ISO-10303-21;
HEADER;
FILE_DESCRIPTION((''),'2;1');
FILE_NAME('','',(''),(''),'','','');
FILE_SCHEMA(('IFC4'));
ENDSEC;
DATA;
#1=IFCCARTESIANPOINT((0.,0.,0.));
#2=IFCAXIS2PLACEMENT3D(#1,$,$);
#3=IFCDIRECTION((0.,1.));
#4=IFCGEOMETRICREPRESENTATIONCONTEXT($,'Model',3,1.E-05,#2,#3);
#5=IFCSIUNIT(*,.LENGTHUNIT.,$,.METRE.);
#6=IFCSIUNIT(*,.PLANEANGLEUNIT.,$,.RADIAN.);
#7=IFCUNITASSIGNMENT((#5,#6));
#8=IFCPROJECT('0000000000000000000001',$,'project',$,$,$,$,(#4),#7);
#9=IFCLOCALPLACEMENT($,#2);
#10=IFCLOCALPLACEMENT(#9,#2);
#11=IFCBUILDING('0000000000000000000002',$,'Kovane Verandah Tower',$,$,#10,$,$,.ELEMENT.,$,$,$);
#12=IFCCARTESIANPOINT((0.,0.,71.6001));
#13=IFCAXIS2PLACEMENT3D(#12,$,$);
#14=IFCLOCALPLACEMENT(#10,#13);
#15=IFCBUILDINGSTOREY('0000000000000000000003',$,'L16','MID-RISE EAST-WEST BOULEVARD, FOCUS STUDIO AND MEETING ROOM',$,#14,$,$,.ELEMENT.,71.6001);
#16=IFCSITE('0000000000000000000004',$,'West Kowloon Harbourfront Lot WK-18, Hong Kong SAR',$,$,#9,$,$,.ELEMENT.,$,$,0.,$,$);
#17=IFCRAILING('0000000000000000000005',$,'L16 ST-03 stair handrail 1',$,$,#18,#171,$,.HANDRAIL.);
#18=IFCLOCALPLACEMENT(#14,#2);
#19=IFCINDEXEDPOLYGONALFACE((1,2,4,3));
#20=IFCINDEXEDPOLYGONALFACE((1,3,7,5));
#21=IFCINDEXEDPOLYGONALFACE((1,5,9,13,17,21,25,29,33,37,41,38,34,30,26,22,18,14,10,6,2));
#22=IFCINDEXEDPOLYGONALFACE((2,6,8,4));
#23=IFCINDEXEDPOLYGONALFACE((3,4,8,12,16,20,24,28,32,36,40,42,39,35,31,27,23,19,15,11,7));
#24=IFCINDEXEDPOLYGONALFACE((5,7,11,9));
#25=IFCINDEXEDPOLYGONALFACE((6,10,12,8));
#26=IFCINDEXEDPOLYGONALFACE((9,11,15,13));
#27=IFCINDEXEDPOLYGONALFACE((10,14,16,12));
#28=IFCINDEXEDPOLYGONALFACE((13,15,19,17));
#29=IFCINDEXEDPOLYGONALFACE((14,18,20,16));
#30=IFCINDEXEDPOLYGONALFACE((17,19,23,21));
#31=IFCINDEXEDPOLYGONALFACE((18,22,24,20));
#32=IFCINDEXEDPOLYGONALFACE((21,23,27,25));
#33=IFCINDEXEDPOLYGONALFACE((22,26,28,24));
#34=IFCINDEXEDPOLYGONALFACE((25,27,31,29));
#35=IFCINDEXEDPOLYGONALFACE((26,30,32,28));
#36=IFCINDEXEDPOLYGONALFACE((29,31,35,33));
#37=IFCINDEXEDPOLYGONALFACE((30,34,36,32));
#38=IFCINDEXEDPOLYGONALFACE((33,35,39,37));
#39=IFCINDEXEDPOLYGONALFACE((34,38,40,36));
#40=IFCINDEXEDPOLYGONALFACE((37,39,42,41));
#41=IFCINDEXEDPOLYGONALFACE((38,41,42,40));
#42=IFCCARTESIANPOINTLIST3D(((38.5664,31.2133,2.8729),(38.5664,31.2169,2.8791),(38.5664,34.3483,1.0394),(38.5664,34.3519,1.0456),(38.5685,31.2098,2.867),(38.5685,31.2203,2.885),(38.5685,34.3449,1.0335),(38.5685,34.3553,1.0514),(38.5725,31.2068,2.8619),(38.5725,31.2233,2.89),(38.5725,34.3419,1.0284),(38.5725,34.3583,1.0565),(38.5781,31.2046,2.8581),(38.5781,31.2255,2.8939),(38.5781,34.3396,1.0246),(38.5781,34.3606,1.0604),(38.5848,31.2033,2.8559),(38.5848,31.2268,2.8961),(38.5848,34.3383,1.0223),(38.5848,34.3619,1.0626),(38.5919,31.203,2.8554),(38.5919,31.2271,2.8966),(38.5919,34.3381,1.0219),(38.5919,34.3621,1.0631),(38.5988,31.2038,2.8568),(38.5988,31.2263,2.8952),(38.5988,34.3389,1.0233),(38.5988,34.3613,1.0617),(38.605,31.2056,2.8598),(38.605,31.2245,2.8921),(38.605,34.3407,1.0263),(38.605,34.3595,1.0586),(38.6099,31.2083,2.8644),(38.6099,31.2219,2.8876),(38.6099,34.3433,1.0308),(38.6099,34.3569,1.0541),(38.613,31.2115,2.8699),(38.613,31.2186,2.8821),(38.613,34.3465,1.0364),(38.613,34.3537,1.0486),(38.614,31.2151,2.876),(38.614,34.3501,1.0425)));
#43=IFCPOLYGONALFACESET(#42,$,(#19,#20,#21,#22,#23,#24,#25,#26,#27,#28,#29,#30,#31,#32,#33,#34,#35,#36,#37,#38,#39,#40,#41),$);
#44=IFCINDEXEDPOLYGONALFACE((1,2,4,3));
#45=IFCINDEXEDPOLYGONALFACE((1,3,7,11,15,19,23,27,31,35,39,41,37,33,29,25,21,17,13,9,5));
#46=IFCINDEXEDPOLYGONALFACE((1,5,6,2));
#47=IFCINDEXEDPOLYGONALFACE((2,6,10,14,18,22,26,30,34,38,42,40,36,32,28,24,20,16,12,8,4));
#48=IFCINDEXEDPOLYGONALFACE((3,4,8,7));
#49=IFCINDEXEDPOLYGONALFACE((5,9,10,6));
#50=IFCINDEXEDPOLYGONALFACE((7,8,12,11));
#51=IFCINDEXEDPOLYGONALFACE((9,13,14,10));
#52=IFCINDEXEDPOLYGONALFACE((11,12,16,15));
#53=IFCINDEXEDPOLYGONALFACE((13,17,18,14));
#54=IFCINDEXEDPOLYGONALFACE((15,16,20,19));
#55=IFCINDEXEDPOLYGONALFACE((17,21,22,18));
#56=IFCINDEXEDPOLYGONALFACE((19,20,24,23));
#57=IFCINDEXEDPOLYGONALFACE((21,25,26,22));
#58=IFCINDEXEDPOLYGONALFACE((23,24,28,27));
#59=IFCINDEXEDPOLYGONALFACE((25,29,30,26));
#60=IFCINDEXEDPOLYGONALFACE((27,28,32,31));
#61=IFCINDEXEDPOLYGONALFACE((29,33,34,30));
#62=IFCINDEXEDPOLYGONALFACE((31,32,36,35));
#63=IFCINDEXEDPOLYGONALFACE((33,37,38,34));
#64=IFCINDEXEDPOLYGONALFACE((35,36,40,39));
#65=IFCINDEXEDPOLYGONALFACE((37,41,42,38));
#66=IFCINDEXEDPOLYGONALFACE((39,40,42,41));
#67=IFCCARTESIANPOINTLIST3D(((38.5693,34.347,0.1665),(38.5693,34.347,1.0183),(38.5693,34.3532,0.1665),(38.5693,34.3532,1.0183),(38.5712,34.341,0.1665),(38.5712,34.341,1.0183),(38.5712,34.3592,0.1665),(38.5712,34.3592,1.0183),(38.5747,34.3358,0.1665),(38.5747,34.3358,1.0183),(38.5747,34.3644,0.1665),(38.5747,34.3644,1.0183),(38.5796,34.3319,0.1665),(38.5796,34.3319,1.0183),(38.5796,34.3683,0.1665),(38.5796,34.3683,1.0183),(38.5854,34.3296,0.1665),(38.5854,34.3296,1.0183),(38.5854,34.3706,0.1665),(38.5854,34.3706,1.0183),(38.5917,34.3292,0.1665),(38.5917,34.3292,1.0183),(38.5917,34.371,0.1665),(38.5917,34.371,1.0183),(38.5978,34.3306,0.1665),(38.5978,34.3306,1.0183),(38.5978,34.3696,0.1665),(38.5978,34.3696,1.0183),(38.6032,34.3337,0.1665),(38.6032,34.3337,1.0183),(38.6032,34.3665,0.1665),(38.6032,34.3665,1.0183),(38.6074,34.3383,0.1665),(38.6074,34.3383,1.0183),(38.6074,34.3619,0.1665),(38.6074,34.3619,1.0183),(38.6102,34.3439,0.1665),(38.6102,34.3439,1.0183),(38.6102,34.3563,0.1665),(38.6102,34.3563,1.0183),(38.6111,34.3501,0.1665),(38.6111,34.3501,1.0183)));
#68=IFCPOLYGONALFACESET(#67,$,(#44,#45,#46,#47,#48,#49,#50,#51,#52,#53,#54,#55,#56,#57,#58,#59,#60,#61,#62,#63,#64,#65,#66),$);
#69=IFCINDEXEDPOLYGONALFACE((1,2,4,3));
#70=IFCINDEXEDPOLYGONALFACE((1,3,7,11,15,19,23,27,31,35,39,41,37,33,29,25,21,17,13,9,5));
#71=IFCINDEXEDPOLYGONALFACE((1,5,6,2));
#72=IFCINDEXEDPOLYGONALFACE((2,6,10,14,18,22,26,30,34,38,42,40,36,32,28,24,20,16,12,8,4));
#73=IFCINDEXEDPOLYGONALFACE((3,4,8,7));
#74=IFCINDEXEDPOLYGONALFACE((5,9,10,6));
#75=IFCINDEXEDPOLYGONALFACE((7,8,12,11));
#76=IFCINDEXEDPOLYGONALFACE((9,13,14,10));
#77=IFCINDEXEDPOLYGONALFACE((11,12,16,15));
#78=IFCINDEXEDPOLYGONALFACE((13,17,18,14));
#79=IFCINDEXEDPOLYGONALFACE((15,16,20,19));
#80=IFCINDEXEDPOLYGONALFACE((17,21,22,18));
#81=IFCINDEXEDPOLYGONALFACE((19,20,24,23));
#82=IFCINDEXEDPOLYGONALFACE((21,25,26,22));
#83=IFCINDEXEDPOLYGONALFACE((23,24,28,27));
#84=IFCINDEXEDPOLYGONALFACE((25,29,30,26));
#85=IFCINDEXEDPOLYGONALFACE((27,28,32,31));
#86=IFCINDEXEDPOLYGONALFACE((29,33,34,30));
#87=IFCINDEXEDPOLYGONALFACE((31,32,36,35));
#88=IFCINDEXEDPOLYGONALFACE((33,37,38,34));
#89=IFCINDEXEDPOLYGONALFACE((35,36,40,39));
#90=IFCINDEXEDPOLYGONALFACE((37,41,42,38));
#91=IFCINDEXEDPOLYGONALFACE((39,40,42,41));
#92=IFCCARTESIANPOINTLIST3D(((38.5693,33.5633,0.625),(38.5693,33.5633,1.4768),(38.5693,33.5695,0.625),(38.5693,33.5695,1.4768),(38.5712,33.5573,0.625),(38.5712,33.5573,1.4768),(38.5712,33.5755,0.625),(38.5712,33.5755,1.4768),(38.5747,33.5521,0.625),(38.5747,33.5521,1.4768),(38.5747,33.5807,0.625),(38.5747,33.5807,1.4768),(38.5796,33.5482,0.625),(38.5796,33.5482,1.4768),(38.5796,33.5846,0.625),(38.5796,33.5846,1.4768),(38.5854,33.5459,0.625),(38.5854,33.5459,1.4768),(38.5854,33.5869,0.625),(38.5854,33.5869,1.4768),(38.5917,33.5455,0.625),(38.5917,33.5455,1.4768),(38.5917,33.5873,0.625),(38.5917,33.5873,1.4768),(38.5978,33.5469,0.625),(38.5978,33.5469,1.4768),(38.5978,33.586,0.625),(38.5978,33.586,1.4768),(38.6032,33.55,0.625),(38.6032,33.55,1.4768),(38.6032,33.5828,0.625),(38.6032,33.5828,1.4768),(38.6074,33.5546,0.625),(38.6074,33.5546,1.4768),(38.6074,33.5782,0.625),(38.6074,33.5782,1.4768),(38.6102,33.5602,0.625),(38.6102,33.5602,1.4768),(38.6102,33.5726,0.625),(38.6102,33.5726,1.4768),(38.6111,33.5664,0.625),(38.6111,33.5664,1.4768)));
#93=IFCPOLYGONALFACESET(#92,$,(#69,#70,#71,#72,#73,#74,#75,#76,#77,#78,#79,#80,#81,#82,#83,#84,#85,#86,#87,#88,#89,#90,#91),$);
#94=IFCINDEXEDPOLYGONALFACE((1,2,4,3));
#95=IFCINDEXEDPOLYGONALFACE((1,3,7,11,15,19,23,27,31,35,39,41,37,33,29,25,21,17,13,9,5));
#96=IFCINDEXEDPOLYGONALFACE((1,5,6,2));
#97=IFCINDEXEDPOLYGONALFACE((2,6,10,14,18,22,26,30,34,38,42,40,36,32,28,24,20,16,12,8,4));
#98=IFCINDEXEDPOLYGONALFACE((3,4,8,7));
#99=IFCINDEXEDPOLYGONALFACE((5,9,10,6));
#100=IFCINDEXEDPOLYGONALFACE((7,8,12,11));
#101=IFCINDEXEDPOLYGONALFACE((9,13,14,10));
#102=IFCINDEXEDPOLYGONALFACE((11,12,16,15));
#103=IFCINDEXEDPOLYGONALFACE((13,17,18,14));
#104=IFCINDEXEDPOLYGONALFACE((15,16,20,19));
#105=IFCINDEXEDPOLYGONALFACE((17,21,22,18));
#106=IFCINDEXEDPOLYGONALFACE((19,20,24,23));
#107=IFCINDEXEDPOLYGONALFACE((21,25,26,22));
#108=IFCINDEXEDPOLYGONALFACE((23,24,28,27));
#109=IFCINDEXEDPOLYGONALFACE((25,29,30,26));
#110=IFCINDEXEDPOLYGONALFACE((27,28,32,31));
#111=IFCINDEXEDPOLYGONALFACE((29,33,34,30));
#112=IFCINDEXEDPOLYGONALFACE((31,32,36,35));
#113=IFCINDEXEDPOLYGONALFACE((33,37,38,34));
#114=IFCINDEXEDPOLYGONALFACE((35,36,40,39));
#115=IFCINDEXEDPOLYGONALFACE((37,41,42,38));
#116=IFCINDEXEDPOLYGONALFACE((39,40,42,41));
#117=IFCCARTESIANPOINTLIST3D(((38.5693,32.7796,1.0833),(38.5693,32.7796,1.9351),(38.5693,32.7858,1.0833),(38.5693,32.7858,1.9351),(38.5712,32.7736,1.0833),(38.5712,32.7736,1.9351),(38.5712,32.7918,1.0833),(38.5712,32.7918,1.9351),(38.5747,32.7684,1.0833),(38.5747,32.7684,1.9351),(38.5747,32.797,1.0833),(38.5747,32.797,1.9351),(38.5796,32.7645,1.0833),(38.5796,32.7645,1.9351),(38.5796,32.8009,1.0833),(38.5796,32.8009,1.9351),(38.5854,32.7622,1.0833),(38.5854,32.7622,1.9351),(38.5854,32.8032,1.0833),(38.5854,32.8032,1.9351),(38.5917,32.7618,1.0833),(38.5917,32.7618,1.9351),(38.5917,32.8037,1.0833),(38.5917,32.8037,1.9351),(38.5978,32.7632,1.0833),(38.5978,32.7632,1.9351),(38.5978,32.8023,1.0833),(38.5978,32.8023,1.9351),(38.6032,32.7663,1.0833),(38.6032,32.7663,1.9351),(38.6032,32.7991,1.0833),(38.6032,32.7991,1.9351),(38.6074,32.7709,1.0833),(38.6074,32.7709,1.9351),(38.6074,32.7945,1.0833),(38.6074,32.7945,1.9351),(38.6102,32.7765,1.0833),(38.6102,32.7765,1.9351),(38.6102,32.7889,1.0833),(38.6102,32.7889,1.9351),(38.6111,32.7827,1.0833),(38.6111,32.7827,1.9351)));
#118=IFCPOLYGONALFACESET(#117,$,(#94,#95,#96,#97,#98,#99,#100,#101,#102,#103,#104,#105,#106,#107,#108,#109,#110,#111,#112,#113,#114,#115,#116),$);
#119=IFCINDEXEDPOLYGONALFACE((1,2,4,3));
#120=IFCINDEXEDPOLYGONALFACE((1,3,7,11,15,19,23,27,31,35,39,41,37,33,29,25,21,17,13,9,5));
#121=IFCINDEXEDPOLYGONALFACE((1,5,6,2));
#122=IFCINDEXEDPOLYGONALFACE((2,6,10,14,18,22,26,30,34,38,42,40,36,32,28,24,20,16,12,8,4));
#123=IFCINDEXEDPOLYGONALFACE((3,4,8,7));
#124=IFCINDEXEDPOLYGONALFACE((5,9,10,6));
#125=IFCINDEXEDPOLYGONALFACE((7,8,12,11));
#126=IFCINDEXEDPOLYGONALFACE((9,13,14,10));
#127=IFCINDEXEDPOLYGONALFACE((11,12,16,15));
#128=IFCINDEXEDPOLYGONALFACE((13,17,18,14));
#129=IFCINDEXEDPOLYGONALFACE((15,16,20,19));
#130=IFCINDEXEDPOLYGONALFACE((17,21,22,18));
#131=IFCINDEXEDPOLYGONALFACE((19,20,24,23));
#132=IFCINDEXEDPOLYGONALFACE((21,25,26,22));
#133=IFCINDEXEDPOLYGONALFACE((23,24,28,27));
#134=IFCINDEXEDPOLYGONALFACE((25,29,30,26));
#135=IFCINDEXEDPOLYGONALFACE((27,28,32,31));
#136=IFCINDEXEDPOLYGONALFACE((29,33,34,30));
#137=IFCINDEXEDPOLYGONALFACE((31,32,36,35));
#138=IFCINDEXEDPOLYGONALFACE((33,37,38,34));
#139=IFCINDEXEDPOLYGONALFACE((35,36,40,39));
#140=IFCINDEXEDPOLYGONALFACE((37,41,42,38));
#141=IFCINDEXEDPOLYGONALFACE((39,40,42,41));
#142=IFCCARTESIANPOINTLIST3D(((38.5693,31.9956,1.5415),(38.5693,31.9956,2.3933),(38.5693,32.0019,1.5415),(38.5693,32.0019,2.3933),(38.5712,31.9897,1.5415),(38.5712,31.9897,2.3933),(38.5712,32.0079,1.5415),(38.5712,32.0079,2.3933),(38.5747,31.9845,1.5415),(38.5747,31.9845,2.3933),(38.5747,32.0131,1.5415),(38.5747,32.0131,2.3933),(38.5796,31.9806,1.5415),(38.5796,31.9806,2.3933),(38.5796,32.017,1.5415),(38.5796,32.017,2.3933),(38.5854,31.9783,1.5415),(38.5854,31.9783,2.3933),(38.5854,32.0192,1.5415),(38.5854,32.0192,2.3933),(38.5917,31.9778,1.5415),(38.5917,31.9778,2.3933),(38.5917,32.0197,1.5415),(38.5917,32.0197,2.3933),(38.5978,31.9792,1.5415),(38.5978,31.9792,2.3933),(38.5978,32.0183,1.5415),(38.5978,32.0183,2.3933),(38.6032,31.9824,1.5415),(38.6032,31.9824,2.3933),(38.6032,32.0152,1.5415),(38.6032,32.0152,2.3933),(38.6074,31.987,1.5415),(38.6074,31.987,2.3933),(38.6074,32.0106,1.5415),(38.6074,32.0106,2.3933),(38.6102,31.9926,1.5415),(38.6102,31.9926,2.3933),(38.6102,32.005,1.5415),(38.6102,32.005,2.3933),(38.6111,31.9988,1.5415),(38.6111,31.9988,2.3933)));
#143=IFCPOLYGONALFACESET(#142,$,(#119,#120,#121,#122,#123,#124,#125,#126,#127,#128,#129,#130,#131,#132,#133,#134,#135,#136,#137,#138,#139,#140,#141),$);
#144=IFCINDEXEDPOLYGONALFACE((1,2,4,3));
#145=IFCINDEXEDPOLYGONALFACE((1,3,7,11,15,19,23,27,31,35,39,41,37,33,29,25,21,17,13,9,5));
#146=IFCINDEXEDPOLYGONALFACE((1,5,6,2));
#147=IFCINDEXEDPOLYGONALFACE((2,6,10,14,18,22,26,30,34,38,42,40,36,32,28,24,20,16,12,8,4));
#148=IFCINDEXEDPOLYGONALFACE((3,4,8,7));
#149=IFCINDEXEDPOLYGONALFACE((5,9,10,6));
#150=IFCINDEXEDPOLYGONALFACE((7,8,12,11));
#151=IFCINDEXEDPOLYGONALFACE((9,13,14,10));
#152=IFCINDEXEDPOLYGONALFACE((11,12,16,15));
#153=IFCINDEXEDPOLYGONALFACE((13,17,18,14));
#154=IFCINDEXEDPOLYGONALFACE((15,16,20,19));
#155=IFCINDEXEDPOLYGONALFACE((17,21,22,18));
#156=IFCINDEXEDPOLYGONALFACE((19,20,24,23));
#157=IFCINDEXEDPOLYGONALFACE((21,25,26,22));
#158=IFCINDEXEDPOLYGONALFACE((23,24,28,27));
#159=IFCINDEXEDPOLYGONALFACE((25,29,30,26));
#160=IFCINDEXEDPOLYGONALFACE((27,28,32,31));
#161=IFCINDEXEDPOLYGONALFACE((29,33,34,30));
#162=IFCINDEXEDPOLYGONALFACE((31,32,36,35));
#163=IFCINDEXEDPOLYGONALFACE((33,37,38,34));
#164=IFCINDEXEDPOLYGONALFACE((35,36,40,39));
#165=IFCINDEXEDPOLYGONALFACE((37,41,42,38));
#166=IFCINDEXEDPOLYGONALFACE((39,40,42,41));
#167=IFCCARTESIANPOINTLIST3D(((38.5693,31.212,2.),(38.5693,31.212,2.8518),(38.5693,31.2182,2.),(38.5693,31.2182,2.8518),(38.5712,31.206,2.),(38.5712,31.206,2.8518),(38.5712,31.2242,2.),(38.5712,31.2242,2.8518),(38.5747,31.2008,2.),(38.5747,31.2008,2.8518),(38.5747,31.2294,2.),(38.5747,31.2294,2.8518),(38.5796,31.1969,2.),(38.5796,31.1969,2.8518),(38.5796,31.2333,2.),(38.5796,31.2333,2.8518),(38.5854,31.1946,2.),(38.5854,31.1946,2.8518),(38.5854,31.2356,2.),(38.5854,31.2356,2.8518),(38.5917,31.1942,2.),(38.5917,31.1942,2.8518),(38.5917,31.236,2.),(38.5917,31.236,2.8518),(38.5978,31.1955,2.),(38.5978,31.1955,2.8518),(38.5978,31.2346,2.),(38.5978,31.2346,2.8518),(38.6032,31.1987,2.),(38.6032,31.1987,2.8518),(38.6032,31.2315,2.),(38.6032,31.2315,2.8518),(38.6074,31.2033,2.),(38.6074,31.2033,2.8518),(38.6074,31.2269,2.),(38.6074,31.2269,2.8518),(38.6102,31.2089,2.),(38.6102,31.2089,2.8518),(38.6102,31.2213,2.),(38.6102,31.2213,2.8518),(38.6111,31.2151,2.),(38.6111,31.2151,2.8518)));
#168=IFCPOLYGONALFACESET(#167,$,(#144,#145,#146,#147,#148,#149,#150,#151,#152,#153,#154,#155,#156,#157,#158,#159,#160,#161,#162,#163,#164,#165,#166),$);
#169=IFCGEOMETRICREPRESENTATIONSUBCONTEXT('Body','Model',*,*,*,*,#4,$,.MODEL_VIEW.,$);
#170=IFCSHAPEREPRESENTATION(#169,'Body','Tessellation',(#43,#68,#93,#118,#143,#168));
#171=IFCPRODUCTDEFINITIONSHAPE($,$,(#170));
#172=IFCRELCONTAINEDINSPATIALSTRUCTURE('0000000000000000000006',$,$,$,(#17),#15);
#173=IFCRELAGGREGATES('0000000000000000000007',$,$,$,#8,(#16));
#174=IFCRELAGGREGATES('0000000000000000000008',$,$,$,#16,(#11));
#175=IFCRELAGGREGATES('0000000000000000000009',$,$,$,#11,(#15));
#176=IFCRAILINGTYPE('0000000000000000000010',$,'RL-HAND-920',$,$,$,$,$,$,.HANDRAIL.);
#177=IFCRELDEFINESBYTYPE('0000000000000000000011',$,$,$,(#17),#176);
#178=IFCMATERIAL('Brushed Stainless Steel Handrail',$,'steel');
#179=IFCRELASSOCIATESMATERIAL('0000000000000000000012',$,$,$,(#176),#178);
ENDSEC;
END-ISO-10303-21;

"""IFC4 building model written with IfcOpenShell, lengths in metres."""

from ifc_helpers import new_model, si_unit, direction, frame, origin, origin_2d, place, context, subcontext, project, spatial, circle, extrude, material, type_object, element, save


model = new_model("IFC4")

# Units and contexts
model_context = context("Model", 3, precision=1e-05, world=origin(), true_north=direction((0.0, 1.0)))
body_context = subcontext(model_context, "Body", "Model", "MODEL_VIEW")
ifc_project = project(units=[si_unit("LENGTHUNIT", "METRE"), si_unit("PLANEANGLEUNIT", "RADIAN")], contexts=[model_context])

# Site, building, storey
site_placement = place(None, origin())
site = spatial("IfcSite", under=ifc_project, at=site_placement, Name="West Kowloon Harbourfront Lot WK-18, Hong Kong SAR", CompositionType="ELEMENT", RefElevation=0.0)
building_placement = place(site_placement, origin())
building = spatial("IfcBuilding", under=site, at=building_placement, Name="Kovane Verandah Tower", CompositionType="ELEMENT")
storey_placement = place(building_placement, frame((0.0, 0.0, 71.6001)))
storey = spatial("IfcBuildingStorey", under=building, at=storey_placement, Name="L16", Description="MID-RISE EAST-WEST BOULEVARD, FOCUS STUDIO AND MEETING ROOM", CompositionType="ELEMENT", Elevation=71.6001)

# Railing
ifc_material_1 = material(Name="Brushed Stainless Steel Handrail", Category="steel")
railing_type_1 = type_object("IfcRailingType", Name="RL-HAND-920", PredefinedType="HANDRAIL", material=ifc_material_1)
railing_1_placement = place(storey_placement, frame((38.5901, 34.3501, 0.1665)))
element("IfcRailing", 1, at=railing_1_placement, inside=storey, type_object=railing_type_1, Name="L16 ST-03 stair handrail 1", PredefinedType="HANDRAIL", context=body_context, shape_type="SweptSolid", body=[
    extrude(circle(Radius=0.0239, at=origin_2d()), frame((0.0, 0.0, 0.876), z_axis=(0.0, -0.86321, 0.504845), x_axis=(1.0, 0.0, 0.0)), (0.0, 0.0, 1.0), 3.6318),
    extrude(circle(Radius=0.021, at=origin_2d()), origin(), (0.0, 0.0, 1.0), 0.8518),
    extrude(circle(Radius=0.021, at=origin_2d()), frame((0.0, -0.7837, 0.4585)), (0.0, 0.0, 1.0), 0.8518),
    extrude(circle(Radius=0.021, at=origin_2d()), frame((0.0, -1.5674, 0.9167)), (0.0, 0.0, 1.0), 0.8518),
    extrude(circle(Radius=0.021, at=origin_2d()), frame((0.0, -2.3513, 1.375)), (0.0, 0.0, 1.0), 0.8518),
    extrude(circle(Radius=0.021, at=origin_2d()), frame((0.0, -3.135, 1.8335)), (0.0, 0.0, 1.0), 0.8518),
])

save(model, "model.ifc")
